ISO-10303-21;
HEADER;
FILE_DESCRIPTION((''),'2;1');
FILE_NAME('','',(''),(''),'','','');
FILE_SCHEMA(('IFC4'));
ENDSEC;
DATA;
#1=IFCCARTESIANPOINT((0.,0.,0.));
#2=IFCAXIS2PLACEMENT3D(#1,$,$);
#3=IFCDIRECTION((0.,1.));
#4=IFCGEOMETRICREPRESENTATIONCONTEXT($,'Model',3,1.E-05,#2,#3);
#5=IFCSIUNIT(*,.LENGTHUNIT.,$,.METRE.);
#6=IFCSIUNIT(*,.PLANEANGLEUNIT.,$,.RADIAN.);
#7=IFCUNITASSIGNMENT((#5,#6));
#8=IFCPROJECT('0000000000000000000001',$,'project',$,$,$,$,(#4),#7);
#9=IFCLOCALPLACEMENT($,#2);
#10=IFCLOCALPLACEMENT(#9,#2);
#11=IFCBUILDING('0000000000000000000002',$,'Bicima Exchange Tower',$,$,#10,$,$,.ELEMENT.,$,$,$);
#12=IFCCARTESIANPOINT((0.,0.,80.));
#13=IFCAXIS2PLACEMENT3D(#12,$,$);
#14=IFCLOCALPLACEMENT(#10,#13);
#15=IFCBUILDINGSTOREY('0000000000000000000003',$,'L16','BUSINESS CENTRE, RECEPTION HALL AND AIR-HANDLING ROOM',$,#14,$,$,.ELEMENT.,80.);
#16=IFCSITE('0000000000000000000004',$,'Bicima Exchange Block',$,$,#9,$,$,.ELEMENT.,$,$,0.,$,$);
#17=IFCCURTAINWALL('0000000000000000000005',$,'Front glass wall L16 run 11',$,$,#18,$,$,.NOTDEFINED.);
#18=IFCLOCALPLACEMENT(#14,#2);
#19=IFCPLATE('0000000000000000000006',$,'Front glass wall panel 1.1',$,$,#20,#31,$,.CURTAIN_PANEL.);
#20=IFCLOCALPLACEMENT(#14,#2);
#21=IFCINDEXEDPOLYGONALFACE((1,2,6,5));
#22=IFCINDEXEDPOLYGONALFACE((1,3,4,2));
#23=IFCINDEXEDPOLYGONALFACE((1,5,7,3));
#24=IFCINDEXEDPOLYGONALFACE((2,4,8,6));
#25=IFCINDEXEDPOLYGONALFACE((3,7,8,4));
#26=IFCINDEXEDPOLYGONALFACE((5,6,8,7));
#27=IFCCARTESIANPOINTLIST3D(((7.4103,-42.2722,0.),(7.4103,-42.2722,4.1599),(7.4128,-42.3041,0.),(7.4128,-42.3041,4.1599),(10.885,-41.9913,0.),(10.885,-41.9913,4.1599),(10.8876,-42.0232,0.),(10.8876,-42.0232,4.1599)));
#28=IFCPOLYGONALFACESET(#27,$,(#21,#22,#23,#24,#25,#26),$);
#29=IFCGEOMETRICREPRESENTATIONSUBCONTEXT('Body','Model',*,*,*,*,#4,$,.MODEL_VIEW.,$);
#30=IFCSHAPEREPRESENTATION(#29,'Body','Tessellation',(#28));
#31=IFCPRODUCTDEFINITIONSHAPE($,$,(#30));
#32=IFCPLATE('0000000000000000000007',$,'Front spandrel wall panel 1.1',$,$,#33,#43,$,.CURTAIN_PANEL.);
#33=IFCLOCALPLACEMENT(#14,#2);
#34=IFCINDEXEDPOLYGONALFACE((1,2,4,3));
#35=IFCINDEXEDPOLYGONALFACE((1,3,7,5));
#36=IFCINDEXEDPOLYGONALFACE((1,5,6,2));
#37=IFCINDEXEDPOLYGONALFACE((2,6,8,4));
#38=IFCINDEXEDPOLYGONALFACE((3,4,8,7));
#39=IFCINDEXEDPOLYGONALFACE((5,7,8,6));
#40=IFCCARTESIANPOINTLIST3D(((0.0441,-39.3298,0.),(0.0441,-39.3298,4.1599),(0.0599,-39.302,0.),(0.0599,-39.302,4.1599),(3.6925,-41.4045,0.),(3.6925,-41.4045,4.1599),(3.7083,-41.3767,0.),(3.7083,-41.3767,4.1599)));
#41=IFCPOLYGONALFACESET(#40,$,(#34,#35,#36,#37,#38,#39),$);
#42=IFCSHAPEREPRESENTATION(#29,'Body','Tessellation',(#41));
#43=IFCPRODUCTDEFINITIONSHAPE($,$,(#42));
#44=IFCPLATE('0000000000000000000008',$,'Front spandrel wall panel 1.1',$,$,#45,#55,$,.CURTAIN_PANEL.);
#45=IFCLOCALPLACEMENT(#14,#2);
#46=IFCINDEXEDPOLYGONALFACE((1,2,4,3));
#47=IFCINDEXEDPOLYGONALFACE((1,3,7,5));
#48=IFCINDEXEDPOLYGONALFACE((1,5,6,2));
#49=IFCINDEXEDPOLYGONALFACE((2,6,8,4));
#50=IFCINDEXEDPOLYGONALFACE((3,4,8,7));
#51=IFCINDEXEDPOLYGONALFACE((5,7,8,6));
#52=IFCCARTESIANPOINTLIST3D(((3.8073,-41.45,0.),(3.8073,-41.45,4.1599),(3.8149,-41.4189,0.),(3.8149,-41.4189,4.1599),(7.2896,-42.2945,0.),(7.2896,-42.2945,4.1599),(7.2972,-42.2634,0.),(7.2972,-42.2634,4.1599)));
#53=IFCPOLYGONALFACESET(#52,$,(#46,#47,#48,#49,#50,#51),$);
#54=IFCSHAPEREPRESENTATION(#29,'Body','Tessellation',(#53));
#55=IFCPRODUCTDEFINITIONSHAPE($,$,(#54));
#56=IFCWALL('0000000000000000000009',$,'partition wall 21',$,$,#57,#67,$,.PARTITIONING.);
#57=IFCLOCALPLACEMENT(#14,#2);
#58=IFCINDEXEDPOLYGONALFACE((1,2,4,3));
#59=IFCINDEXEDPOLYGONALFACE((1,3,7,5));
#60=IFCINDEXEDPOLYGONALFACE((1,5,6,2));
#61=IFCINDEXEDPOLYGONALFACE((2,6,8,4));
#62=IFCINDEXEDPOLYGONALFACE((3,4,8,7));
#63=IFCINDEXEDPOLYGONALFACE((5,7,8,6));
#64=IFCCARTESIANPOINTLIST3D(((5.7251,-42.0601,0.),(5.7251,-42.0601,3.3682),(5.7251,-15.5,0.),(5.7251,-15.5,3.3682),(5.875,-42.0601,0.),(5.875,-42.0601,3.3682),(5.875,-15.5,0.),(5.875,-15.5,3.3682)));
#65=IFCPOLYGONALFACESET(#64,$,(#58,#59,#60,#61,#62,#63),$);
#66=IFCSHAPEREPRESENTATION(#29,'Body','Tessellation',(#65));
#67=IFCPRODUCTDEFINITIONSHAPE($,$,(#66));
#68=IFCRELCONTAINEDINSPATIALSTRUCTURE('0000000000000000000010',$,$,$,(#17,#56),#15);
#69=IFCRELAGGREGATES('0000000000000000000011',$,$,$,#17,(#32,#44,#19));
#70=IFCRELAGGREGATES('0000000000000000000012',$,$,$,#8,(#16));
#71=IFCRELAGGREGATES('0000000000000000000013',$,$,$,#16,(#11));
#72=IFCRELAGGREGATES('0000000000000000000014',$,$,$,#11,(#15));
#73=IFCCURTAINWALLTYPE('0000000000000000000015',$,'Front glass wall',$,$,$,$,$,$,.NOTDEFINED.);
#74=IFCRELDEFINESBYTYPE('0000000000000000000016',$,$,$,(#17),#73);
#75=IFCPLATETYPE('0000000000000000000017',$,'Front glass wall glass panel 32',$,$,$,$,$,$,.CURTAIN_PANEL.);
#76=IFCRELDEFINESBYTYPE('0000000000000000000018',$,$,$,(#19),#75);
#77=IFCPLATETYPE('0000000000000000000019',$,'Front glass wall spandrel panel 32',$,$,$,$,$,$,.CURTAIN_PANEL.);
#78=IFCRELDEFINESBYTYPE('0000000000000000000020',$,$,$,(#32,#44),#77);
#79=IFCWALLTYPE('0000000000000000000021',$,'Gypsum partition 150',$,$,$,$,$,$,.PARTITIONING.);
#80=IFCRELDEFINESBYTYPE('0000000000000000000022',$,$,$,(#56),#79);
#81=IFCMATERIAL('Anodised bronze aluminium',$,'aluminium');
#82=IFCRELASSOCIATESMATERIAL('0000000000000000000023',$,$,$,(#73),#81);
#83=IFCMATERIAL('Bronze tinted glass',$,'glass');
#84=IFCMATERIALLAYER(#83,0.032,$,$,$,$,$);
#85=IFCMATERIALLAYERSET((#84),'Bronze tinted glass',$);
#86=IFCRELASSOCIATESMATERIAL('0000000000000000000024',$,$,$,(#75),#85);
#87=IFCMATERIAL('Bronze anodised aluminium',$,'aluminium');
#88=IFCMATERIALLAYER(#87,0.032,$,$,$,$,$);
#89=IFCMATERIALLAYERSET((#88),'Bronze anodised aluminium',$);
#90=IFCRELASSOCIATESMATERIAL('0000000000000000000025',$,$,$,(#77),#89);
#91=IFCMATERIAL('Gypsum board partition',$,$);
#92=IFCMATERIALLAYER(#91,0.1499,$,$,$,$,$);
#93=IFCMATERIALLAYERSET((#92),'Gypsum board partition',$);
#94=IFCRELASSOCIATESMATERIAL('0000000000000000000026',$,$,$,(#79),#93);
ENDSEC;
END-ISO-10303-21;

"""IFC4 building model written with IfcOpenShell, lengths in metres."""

from ifc_helpers import new_model, si_unit, direction, frame, frame_2d, origin, origin_2d, place, context, subcontext, project, spatial, rectangle, extrude, material, layer, layer_set, type_object, element, aggregate, save


model = new_model("IFC4")

# Units and contexts
model_context = context("Model", 3, precision=1e-05, world=origin(), true_north=direction((0.0, 1.0)))
body_context = subcontext(model_context, "Body", "Model", "MODEL_VIEW")
ifc_project = project(units=[si_unit("LENGTHUNIT", "METRE"), si_unit("PLANEANGLEUNIT", "RADIAN")], contexts=[model_context])

# Site, building, storey
site_placement = place(None, origin())
site = spatial("IfcSite", under=ifc_project, at=site_placement, Name="Bicima Exchange Block", CompositionType="ELEMENT", RefElevation=0.0)
building_placement = place(site_placement, origin())
building = spatial("IfcBuilding", under=site, at=building_placement, Name="Bicima Exchange Tower", CompositionType="ELEMENT")
storey_placement = place(building_placement, frame((0.0, 0.0, 80.0)))
storey = spatial("IfcBuildingStorey", under=building, at=storey_placement, Name="L16", Description="BUSINESS CENTRE, RECEPTION HALL AND AIR-HANDLING ROOM", CompositionType="ELEMENT", Elevation=80.0)

# Curtain wall
ifc_material_1 = material(Name="Anodised bronze aluminium", Category="aluminium")
curtain_wall_type = type_object("IfcCurtainWallType", Name="Front glass wall", PredefinedType="NOTDEFINED", material=ifc_material_1)
curtain_wall_placement = place(storey_placement, origin())
curtain_wall = element("IfcCurtainWall", 1, at=curtain_wall_placement, inside=storey, type_object=curtain_wall_type, Name="Front glass wall L16 run 11", PredefinedType="NOTDEFINED")

# Plates
ifc_material_2 = material(Name="Bronze tinted glass", Category="glass")
ifc_layer_1 = layer(ifc_material_2, 0.032)
ifc_layer_set_1 = layer_set([ifc_layer_1], Name="Bronze tinted glass")
plate_type_1 = type_object("IfcPlateType", Name="Front glass wall glass panel 32", PredefinedType="CURTAIN_PANEL", material=ifc_layer_set_1)
plate_1_placement = place(storey_placement, frame((9.1489, -42.1477, 0.0), z_axis=(0.0, 0.0, 1.0), x_axis=(0.996747, 0.080589, 0.0)))
plate_1 = element("IfcPlate", 2, at=plate_1_placement, type_object=plate_type_1, Name="Front glass wall panel 1.1", PredefinedType="CURTAIN_PANEL", context=body_context, shape_type="SweptSolid", body=[
    extrude(rectangle(XDim=3.4861, YDim=0.032, at=origin_2d()), origin(), (0.0, 0.0, 1.0), 4.1599),
])
ifc_material_3 = material(Name="Bronze anodised aluminium", Category="aluminium")
ifc_layer_2 = layer(ifc_material_3, 0.032)
ifc_layer_set_2 = layer_set([ifc_layer_2], Name="Bronze anodised aluminium")
plate_type_2 = type_object("IfcPlateType", Name="Front glass wall spandrel panel 32", PredefinedType="CURTAIN_PANEL", material=ifc_layer_set_2)
plate_2_placement = place(storey_placement, frame((1.8762, -40.3533, 0.0), z_axis=(0.0, 0.0, 1.0), x_axis=(0.869274, -0.49433, 0.0)))
plate_2 = element("IfcPlate", 3, at=plate_2_placement, type_object=plate_type_2, Name="Front spandrel wall panel 1.1", PredefinedType="CURTAIN_PANEL", context=body_context, shape_type="SweptSolid", body=[
    extrude(rectangle(XDim=4.197, YDim=0.032, at=origin_2d()), origin(), (0.0, 0.0, 1.0), 4.1599),
])
plate_3_placement = place(storey_placement, frame((5.5522, -41.8567, 0.0), z_axis=(0.0, 0.0, 1.0), x_axis=(0.97183, -0.235682, 0.0)))
plate_3 = element("IfcPlate", 4, at=plate_3_placement, type_object=plate_type_2, Name="Front spandrel wall panel 1.1", PredefinedType="CURTAIN_PANEL", context=body_context, shape_type="SweptSolid", body=[
    extrude(rectangle(XDim=3.5833, YDim=0.032, at=origin_2d()), origin(), (0.0, 0.0, 1.0), 4.1599),
])
aggregate(curtain_wall, [plate_2, plate_3, plate_1])

# Wall
ifc_material_4 = material(Name="Gypsum board partition")
ifc_layer_3 = layer(ifc_material_4, 0.1499)
ifc_layer_set_3 = layer_set([ifc_layer_3], Name="Gypsum board partition")
wall_type = type_object("IfcWallType", Name="Gypsum partition 150", PredefinedType="PARTITIONING", material=ifc_layer_set_3)
wall_placement = place(storey_placement, frame((5.8, -42.0601, 0.0), z_axis=(0.0, 0.0, 1.0), x_axis=(0.0, 1.0, 0.0)))
element("IfcWall", 5, at=wall_placement, inside=storey, type_object=wall_type, Name="partition wall 21", PredefinedType="PARTITIONING", context=body_context, shape_type="SweptSolid", body=[
    extrude(rectangle(XDim=26.5601, YDim=0.1499, at=frame_2d((13.28, 0.0))), origin(), (0.0, 0.0, 1.0), 3.3682),
])

save(model, "model.ifc")
